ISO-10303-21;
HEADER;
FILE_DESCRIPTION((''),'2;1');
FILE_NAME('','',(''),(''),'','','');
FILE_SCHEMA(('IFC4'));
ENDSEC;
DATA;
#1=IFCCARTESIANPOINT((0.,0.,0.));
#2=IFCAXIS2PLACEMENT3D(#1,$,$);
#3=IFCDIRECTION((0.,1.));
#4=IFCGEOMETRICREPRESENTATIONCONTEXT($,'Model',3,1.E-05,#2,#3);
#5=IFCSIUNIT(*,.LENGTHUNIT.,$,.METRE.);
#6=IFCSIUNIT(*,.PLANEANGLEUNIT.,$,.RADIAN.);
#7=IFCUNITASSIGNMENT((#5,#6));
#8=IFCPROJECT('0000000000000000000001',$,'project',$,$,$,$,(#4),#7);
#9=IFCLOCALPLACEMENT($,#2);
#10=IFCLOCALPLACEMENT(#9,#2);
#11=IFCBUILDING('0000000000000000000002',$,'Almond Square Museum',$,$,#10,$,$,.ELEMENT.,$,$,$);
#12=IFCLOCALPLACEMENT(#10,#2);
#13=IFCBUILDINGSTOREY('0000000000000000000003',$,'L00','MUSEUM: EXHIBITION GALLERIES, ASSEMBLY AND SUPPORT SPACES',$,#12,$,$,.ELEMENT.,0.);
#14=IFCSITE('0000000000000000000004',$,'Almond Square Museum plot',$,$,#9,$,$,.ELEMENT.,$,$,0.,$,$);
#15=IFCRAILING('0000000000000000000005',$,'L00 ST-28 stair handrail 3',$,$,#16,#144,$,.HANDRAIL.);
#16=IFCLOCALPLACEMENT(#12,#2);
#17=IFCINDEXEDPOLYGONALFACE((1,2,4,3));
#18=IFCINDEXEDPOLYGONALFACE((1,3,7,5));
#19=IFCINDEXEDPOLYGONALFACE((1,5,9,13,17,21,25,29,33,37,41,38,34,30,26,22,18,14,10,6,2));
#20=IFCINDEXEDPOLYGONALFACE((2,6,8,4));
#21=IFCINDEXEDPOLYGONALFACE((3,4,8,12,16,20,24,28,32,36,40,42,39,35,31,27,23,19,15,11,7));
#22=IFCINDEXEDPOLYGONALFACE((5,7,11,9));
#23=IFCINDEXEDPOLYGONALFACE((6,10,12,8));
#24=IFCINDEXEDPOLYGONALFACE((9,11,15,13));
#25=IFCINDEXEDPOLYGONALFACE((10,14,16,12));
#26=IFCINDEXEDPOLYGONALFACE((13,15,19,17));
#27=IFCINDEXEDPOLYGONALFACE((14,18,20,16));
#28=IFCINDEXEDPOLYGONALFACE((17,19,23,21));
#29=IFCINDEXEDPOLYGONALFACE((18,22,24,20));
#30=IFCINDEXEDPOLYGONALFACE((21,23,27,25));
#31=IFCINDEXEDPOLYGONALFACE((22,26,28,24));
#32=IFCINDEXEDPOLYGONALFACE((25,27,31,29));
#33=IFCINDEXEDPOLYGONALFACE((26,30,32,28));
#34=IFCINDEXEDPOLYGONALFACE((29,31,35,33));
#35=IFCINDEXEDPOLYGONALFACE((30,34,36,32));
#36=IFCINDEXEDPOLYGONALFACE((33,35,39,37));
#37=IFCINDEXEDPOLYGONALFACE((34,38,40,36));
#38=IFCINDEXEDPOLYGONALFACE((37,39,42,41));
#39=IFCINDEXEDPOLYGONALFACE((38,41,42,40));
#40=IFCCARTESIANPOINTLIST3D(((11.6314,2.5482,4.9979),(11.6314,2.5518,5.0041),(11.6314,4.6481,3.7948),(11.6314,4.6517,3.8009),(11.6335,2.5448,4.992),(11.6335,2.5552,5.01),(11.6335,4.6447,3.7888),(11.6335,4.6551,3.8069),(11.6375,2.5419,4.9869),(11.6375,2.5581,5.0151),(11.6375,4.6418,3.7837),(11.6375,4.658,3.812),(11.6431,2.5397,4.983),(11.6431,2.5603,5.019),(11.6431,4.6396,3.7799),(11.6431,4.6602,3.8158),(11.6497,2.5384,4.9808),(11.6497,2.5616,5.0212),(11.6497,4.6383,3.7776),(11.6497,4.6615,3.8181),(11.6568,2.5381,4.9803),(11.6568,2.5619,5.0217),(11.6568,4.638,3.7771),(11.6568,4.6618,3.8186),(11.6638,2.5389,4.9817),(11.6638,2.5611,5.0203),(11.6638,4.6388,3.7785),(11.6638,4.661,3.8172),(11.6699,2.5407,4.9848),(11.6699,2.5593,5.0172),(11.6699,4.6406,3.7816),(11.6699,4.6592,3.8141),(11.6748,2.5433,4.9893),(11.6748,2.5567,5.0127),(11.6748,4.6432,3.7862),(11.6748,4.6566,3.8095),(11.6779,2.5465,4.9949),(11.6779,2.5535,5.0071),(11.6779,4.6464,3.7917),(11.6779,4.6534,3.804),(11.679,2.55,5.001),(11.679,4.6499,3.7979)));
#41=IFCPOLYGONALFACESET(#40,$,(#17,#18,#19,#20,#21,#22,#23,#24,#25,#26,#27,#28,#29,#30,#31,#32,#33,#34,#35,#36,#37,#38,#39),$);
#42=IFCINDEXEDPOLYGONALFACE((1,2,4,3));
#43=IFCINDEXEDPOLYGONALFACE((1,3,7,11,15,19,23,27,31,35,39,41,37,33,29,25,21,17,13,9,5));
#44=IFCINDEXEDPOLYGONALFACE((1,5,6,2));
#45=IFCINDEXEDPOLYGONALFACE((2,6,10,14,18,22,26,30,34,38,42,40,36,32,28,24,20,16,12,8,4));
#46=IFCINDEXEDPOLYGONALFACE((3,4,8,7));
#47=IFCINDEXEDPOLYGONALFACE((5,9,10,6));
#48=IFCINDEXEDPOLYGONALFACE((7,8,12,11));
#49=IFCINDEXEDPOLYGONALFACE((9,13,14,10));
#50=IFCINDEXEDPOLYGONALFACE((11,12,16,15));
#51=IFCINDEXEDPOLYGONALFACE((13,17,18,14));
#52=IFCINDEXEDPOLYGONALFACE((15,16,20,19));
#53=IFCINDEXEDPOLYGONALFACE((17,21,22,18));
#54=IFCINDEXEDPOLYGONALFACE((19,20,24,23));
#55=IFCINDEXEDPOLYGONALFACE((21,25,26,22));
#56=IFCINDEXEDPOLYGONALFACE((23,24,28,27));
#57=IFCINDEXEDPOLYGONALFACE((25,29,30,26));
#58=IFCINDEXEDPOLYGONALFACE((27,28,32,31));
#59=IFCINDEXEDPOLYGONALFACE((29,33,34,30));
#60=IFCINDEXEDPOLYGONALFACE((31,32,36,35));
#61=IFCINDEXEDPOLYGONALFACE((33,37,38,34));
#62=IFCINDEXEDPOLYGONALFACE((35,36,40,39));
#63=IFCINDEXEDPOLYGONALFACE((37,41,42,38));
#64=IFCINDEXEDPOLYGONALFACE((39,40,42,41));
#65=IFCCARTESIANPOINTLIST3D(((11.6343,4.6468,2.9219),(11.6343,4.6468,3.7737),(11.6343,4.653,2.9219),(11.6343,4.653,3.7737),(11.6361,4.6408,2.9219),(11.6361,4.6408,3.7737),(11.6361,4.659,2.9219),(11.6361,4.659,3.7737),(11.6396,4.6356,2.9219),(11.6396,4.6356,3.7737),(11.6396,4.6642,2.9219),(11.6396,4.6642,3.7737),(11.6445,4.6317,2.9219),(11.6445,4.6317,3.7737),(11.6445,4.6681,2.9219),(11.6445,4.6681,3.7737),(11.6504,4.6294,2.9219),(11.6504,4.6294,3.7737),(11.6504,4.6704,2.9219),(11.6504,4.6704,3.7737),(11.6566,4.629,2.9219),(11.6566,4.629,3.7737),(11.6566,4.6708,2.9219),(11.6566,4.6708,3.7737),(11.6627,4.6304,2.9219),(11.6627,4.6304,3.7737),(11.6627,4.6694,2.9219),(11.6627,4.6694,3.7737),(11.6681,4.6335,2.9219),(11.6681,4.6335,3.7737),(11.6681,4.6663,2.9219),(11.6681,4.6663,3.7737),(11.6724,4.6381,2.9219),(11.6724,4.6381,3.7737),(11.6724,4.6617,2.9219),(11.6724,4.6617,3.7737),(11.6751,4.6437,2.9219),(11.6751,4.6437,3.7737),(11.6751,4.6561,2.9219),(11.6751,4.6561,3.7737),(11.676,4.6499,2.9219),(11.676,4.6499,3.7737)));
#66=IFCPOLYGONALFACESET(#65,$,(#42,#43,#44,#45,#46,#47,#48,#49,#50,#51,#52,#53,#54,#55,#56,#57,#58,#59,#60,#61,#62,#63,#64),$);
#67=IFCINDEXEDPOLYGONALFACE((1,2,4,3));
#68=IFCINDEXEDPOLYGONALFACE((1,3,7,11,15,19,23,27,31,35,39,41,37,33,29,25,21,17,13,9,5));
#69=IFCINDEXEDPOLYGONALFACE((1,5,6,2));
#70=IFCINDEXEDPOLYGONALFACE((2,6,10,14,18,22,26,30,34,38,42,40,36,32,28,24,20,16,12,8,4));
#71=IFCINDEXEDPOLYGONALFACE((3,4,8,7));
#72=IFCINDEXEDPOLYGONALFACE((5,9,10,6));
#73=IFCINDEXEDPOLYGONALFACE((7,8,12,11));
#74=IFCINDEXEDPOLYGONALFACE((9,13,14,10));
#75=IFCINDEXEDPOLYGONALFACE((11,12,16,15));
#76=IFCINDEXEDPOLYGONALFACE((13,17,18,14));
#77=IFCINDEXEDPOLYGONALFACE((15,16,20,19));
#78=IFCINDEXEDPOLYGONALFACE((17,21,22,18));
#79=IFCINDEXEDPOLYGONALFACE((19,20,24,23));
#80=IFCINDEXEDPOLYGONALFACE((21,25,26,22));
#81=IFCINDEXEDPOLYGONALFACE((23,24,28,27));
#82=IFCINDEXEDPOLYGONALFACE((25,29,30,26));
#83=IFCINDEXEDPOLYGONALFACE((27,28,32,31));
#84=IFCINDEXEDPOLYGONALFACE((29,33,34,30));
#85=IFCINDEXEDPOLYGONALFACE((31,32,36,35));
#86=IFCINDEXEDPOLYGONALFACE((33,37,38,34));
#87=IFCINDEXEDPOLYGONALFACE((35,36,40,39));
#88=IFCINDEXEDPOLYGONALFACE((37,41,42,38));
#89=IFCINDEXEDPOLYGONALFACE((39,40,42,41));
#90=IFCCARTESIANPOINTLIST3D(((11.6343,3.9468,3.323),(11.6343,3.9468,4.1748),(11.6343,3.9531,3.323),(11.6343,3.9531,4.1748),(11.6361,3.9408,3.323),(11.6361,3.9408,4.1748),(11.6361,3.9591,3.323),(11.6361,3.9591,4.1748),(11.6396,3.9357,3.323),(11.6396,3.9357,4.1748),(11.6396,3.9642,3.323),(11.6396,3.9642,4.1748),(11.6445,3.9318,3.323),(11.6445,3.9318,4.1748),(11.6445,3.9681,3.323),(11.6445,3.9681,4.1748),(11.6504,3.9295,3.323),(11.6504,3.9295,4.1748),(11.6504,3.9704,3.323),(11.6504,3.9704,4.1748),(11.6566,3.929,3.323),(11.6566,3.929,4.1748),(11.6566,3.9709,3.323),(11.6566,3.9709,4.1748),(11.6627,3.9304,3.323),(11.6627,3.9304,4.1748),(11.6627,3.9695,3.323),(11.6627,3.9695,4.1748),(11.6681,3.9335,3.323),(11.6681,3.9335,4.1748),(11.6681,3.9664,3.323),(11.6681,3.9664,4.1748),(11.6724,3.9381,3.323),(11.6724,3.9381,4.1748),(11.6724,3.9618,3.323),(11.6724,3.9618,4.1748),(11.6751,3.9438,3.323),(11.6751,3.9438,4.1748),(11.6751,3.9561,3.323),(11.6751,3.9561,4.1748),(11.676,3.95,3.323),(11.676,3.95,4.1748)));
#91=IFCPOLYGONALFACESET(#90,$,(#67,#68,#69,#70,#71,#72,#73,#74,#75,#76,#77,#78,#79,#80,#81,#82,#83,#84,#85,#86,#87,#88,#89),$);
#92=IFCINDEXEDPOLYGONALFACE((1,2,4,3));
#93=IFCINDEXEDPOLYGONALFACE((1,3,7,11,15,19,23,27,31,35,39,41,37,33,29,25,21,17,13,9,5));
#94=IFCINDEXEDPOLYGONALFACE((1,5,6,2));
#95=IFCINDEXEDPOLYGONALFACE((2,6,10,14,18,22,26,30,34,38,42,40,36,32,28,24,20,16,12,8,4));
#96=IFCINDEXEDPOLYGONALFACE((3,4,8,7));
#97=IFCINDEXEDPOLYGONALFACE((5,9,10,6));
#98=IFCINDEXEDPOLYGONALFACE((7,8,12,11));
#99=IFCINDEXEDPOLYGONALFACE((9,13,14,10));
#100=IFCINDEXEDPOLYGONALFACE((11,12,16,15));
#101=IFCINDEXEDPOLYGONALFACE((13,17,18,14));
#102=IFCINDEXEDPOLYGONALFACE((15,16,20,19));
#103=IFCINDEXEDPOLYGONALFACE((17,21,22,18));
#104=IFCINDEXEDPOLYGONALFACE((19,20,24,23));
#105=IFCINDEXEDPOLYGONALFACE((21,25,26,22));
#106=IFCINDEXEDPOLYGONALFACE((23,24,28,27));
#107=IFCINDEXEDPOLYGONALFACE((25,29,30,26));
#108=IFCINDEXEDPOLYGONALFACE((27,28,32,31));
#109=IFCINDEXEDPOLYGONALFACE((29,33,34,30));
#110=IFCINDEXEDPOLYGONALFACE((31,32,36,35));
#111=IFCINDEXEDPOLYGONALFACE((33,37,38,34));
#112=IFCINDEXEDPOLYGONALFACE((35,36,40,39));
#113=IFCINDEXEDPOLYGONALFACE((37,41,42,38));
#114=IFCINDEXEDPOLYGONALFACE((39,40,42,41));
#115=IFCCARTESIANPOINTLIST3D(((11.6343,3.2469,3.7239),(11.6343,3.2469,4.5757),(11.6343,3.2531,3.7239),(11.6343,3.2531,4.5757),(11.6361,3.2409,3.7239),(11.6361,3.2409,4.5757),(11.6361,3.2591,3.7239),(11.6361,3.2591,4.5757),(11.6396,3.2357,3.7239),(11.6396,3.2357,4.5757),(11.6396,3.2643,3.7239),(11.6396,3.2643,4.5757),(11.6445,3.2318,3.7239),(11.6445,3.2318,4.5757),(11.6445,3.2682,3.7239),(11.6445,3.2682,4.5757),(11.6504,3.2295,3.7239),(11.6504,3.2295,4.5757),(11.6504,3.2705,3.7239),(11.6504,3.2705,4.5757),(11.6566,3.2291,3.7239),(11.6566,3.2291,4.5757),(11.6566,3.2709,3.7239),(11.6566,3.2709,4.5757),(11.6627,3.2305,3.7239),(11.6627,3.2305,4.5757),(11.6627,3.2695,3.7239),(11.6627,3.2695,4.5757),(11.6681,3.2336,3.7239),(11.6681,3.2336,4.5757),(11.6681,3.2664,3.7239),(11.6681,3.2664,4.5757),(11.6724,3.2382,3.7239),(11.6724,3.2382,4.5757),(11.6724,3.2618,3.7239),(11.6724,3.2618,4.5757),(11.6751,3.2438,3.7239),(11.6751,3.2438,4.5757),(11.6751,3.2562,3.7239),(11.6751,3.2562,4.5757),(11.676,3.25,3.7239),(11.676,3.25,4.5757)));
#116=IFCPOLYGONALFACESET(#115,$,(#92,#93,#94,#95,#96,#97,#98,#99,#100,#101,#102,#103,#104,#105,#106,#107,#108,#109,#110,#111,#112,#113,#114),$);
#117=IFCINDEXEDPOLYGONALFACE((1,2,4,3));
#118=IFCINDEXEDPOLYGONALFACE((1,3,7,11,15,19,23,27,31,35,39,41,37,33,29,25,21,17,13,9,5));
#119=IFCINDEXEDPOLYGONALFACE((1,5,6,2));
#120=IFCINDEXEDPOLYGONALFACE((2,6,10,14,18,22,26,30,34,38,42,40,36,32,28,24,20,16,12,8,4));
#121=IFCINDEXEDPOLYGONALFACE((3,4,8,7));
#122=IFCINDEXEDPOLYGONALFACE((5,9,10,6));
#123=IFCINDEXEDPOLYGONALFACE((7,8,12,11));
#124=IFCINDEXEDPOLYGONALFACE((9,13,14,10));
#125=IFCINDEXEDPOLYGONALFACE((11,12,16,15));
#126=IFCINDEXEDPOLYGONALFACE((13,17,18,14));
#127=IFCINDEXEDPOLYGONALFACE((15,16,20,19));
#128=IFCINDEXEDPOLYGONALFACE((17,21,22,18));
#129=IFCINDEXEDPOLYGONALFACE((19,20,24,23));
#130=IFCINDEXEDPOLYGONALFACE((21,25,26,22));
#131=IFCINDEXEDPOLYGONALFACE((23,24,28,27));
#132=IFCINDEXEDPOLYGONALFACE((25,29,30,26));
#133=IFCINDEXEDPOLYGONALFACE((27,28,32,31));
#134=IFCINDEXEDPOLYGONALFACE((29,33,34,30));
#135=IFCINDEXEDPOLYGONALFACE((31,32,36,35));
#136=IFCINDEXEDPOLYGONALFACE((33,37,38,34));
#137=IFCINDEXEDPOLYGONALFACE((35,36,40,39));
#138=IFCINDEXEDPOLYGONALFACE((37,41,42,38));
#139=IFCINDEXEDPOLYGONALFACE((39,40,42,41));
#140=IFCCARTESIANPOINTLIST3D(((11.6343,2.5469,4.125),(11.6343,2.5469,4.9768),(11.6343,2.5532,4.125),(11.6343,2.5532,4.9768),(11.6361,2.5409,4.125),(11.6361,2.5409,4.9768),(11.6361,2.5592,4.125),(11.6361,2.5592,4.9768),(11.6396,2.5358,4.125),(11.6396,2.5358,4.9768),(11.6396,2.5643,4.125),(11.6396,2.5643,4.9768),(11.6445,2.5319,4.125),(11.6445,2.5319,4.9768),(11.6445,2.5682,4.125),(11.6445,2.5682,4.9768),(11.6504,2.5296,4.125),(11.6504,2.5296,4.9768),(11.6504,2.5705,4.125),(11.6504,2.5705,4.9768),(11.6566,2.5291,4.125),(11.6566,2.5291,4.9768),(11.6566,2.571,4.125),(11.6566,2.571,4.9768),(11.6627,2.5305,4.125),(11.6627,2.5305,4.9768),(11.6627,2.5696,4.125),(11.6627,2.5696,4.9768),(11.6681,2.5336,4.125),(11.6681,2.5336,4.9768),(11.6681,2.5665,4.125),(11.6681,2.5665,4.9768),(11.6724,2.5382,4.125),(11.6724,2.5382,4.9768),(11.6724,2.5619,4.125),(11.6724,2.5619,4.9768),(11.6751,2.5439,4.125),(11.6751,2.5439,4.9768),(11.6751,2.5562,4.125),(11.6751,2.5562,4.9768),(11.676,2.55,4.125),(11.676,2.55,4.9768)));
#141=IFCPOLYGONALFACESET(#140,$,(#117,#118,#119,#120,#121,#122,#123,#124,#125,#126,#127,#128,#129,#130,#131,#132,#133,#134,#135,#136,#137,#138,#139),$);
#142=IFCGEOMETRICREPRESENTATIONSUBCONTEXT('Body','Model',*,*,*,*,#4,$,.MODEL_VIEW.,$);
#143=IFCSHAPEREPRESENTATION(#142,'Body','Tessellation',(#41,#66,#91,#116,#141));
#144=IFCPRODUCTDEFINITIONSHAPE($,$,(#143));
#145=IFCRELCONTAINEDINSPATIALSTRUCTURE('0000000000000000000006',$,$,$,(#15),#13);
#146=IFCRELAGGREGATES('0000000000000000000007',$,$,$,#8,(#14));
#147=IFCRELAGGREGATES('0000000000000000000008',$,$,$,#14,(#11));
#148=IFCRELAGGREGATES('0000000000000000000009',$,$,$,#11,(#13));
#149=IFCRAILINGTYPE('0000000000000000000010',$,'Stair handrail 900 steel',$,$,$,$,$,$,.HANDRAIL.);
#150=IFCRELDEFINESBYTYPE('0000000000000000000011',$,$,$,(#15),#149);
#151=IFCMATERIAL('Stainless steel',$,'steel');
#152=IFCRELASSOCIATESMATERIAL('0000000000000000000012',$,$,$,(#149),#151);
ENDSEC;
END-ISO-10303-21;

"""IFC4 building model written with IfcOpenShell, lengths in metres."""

from ifc_helpers import new_model, si_unit, direction, frame, origin, origin_2d, place, context, subcontext, project, spatial, circle, extrude, material, type_object, element, save


model = new_model("IFC4")

# Units and contexts
model_context = context("Model", 3, precision=1e-05, world=origin(), true_north=direction((0.0, 1.0)))
body_context = subcontext(model_context, "Body", "Model", "MODEL_VIEW")
ifc_project = project(units=[si_unit("LENGTHUNIT", "METRE"), si_unit("PLANEANGLEUNIT", "RADIAN")], contexts=[model_context])

# Site, building, storey
site_placement = place(None, origin())
site = spatial("IfcSite", under=ifc_project, at=site_placement, Name="Almond Square Museum plot", CompositionType="ELEMENT", RefElevation=0.0)
building_placement = place(site_placement, origin())
building = spatial("IfcBuilding", under=site, at=building_placement, Name="Almond Square Museum", CompositionType="ELEMENT")
storey_placement = place(building_placement, origin())
storey = spatial("IfcBuildingStorey", under=building, at=storey_placement, Name="L00", Description="MUSEUM: EXHIBITION GALLERIES, ASSEMBLY AND SUPPORT SPACES", CompositionType="ELEMENT", Elevation=0.0)

# Railing
ifc_material_1 = material(Name="Stainless steel", Category="steel")
railing_type_1 = type_object("IfcRailingType", Name="Stair handrail 900 steel", PredefinedType="HANDRAIL", material=ifc_material_1)
railing_1_placement = place(storey_placement, frame((11.655, 4.6499, 2.9219)))
element("IfcRailing", 1, at=railing_1_placement, inside=storey, type_object=railing_type_1, Name="L00 ST-28 stair handrail 3", PredefinedType="HANDRAIL", context=body_context, shape_type="SweptSolid", body=[
    extrude(circle(Radius=0.0239, at=origin_2d()), frame((0.0, 0.0, 0.876), z_axis=(0.0, -0.867671, 0.497138), x_axis=(1.0, 0.0, 0.0)), (0.0, 0.0, 1.0), 2.4202),
    extrude(circle(Radius=0.021, at=origin_2d()), origin(), (0.0, 0.0, 1.0), 0.8518),
    extrude(circle(Radius=0.021, at=origin_2d()), frame((0.0, -0.7, 0.4011)), (0.0, 0.0, 1.0), 0.8518),
    extrude(circle(Radius=0.021, at=origin_2d()), frame((0.0, -1.3999, 0.802)), (0.0, 0.0, 1.0), 0.8518),
    extrude(circle(Radius=0.021, at=origin_2d()), frame((0.0, -2.0999, 1.2031)), (0.0, 0.0, 1.0), 0.8518),
])

save(model, "model.ifc")
